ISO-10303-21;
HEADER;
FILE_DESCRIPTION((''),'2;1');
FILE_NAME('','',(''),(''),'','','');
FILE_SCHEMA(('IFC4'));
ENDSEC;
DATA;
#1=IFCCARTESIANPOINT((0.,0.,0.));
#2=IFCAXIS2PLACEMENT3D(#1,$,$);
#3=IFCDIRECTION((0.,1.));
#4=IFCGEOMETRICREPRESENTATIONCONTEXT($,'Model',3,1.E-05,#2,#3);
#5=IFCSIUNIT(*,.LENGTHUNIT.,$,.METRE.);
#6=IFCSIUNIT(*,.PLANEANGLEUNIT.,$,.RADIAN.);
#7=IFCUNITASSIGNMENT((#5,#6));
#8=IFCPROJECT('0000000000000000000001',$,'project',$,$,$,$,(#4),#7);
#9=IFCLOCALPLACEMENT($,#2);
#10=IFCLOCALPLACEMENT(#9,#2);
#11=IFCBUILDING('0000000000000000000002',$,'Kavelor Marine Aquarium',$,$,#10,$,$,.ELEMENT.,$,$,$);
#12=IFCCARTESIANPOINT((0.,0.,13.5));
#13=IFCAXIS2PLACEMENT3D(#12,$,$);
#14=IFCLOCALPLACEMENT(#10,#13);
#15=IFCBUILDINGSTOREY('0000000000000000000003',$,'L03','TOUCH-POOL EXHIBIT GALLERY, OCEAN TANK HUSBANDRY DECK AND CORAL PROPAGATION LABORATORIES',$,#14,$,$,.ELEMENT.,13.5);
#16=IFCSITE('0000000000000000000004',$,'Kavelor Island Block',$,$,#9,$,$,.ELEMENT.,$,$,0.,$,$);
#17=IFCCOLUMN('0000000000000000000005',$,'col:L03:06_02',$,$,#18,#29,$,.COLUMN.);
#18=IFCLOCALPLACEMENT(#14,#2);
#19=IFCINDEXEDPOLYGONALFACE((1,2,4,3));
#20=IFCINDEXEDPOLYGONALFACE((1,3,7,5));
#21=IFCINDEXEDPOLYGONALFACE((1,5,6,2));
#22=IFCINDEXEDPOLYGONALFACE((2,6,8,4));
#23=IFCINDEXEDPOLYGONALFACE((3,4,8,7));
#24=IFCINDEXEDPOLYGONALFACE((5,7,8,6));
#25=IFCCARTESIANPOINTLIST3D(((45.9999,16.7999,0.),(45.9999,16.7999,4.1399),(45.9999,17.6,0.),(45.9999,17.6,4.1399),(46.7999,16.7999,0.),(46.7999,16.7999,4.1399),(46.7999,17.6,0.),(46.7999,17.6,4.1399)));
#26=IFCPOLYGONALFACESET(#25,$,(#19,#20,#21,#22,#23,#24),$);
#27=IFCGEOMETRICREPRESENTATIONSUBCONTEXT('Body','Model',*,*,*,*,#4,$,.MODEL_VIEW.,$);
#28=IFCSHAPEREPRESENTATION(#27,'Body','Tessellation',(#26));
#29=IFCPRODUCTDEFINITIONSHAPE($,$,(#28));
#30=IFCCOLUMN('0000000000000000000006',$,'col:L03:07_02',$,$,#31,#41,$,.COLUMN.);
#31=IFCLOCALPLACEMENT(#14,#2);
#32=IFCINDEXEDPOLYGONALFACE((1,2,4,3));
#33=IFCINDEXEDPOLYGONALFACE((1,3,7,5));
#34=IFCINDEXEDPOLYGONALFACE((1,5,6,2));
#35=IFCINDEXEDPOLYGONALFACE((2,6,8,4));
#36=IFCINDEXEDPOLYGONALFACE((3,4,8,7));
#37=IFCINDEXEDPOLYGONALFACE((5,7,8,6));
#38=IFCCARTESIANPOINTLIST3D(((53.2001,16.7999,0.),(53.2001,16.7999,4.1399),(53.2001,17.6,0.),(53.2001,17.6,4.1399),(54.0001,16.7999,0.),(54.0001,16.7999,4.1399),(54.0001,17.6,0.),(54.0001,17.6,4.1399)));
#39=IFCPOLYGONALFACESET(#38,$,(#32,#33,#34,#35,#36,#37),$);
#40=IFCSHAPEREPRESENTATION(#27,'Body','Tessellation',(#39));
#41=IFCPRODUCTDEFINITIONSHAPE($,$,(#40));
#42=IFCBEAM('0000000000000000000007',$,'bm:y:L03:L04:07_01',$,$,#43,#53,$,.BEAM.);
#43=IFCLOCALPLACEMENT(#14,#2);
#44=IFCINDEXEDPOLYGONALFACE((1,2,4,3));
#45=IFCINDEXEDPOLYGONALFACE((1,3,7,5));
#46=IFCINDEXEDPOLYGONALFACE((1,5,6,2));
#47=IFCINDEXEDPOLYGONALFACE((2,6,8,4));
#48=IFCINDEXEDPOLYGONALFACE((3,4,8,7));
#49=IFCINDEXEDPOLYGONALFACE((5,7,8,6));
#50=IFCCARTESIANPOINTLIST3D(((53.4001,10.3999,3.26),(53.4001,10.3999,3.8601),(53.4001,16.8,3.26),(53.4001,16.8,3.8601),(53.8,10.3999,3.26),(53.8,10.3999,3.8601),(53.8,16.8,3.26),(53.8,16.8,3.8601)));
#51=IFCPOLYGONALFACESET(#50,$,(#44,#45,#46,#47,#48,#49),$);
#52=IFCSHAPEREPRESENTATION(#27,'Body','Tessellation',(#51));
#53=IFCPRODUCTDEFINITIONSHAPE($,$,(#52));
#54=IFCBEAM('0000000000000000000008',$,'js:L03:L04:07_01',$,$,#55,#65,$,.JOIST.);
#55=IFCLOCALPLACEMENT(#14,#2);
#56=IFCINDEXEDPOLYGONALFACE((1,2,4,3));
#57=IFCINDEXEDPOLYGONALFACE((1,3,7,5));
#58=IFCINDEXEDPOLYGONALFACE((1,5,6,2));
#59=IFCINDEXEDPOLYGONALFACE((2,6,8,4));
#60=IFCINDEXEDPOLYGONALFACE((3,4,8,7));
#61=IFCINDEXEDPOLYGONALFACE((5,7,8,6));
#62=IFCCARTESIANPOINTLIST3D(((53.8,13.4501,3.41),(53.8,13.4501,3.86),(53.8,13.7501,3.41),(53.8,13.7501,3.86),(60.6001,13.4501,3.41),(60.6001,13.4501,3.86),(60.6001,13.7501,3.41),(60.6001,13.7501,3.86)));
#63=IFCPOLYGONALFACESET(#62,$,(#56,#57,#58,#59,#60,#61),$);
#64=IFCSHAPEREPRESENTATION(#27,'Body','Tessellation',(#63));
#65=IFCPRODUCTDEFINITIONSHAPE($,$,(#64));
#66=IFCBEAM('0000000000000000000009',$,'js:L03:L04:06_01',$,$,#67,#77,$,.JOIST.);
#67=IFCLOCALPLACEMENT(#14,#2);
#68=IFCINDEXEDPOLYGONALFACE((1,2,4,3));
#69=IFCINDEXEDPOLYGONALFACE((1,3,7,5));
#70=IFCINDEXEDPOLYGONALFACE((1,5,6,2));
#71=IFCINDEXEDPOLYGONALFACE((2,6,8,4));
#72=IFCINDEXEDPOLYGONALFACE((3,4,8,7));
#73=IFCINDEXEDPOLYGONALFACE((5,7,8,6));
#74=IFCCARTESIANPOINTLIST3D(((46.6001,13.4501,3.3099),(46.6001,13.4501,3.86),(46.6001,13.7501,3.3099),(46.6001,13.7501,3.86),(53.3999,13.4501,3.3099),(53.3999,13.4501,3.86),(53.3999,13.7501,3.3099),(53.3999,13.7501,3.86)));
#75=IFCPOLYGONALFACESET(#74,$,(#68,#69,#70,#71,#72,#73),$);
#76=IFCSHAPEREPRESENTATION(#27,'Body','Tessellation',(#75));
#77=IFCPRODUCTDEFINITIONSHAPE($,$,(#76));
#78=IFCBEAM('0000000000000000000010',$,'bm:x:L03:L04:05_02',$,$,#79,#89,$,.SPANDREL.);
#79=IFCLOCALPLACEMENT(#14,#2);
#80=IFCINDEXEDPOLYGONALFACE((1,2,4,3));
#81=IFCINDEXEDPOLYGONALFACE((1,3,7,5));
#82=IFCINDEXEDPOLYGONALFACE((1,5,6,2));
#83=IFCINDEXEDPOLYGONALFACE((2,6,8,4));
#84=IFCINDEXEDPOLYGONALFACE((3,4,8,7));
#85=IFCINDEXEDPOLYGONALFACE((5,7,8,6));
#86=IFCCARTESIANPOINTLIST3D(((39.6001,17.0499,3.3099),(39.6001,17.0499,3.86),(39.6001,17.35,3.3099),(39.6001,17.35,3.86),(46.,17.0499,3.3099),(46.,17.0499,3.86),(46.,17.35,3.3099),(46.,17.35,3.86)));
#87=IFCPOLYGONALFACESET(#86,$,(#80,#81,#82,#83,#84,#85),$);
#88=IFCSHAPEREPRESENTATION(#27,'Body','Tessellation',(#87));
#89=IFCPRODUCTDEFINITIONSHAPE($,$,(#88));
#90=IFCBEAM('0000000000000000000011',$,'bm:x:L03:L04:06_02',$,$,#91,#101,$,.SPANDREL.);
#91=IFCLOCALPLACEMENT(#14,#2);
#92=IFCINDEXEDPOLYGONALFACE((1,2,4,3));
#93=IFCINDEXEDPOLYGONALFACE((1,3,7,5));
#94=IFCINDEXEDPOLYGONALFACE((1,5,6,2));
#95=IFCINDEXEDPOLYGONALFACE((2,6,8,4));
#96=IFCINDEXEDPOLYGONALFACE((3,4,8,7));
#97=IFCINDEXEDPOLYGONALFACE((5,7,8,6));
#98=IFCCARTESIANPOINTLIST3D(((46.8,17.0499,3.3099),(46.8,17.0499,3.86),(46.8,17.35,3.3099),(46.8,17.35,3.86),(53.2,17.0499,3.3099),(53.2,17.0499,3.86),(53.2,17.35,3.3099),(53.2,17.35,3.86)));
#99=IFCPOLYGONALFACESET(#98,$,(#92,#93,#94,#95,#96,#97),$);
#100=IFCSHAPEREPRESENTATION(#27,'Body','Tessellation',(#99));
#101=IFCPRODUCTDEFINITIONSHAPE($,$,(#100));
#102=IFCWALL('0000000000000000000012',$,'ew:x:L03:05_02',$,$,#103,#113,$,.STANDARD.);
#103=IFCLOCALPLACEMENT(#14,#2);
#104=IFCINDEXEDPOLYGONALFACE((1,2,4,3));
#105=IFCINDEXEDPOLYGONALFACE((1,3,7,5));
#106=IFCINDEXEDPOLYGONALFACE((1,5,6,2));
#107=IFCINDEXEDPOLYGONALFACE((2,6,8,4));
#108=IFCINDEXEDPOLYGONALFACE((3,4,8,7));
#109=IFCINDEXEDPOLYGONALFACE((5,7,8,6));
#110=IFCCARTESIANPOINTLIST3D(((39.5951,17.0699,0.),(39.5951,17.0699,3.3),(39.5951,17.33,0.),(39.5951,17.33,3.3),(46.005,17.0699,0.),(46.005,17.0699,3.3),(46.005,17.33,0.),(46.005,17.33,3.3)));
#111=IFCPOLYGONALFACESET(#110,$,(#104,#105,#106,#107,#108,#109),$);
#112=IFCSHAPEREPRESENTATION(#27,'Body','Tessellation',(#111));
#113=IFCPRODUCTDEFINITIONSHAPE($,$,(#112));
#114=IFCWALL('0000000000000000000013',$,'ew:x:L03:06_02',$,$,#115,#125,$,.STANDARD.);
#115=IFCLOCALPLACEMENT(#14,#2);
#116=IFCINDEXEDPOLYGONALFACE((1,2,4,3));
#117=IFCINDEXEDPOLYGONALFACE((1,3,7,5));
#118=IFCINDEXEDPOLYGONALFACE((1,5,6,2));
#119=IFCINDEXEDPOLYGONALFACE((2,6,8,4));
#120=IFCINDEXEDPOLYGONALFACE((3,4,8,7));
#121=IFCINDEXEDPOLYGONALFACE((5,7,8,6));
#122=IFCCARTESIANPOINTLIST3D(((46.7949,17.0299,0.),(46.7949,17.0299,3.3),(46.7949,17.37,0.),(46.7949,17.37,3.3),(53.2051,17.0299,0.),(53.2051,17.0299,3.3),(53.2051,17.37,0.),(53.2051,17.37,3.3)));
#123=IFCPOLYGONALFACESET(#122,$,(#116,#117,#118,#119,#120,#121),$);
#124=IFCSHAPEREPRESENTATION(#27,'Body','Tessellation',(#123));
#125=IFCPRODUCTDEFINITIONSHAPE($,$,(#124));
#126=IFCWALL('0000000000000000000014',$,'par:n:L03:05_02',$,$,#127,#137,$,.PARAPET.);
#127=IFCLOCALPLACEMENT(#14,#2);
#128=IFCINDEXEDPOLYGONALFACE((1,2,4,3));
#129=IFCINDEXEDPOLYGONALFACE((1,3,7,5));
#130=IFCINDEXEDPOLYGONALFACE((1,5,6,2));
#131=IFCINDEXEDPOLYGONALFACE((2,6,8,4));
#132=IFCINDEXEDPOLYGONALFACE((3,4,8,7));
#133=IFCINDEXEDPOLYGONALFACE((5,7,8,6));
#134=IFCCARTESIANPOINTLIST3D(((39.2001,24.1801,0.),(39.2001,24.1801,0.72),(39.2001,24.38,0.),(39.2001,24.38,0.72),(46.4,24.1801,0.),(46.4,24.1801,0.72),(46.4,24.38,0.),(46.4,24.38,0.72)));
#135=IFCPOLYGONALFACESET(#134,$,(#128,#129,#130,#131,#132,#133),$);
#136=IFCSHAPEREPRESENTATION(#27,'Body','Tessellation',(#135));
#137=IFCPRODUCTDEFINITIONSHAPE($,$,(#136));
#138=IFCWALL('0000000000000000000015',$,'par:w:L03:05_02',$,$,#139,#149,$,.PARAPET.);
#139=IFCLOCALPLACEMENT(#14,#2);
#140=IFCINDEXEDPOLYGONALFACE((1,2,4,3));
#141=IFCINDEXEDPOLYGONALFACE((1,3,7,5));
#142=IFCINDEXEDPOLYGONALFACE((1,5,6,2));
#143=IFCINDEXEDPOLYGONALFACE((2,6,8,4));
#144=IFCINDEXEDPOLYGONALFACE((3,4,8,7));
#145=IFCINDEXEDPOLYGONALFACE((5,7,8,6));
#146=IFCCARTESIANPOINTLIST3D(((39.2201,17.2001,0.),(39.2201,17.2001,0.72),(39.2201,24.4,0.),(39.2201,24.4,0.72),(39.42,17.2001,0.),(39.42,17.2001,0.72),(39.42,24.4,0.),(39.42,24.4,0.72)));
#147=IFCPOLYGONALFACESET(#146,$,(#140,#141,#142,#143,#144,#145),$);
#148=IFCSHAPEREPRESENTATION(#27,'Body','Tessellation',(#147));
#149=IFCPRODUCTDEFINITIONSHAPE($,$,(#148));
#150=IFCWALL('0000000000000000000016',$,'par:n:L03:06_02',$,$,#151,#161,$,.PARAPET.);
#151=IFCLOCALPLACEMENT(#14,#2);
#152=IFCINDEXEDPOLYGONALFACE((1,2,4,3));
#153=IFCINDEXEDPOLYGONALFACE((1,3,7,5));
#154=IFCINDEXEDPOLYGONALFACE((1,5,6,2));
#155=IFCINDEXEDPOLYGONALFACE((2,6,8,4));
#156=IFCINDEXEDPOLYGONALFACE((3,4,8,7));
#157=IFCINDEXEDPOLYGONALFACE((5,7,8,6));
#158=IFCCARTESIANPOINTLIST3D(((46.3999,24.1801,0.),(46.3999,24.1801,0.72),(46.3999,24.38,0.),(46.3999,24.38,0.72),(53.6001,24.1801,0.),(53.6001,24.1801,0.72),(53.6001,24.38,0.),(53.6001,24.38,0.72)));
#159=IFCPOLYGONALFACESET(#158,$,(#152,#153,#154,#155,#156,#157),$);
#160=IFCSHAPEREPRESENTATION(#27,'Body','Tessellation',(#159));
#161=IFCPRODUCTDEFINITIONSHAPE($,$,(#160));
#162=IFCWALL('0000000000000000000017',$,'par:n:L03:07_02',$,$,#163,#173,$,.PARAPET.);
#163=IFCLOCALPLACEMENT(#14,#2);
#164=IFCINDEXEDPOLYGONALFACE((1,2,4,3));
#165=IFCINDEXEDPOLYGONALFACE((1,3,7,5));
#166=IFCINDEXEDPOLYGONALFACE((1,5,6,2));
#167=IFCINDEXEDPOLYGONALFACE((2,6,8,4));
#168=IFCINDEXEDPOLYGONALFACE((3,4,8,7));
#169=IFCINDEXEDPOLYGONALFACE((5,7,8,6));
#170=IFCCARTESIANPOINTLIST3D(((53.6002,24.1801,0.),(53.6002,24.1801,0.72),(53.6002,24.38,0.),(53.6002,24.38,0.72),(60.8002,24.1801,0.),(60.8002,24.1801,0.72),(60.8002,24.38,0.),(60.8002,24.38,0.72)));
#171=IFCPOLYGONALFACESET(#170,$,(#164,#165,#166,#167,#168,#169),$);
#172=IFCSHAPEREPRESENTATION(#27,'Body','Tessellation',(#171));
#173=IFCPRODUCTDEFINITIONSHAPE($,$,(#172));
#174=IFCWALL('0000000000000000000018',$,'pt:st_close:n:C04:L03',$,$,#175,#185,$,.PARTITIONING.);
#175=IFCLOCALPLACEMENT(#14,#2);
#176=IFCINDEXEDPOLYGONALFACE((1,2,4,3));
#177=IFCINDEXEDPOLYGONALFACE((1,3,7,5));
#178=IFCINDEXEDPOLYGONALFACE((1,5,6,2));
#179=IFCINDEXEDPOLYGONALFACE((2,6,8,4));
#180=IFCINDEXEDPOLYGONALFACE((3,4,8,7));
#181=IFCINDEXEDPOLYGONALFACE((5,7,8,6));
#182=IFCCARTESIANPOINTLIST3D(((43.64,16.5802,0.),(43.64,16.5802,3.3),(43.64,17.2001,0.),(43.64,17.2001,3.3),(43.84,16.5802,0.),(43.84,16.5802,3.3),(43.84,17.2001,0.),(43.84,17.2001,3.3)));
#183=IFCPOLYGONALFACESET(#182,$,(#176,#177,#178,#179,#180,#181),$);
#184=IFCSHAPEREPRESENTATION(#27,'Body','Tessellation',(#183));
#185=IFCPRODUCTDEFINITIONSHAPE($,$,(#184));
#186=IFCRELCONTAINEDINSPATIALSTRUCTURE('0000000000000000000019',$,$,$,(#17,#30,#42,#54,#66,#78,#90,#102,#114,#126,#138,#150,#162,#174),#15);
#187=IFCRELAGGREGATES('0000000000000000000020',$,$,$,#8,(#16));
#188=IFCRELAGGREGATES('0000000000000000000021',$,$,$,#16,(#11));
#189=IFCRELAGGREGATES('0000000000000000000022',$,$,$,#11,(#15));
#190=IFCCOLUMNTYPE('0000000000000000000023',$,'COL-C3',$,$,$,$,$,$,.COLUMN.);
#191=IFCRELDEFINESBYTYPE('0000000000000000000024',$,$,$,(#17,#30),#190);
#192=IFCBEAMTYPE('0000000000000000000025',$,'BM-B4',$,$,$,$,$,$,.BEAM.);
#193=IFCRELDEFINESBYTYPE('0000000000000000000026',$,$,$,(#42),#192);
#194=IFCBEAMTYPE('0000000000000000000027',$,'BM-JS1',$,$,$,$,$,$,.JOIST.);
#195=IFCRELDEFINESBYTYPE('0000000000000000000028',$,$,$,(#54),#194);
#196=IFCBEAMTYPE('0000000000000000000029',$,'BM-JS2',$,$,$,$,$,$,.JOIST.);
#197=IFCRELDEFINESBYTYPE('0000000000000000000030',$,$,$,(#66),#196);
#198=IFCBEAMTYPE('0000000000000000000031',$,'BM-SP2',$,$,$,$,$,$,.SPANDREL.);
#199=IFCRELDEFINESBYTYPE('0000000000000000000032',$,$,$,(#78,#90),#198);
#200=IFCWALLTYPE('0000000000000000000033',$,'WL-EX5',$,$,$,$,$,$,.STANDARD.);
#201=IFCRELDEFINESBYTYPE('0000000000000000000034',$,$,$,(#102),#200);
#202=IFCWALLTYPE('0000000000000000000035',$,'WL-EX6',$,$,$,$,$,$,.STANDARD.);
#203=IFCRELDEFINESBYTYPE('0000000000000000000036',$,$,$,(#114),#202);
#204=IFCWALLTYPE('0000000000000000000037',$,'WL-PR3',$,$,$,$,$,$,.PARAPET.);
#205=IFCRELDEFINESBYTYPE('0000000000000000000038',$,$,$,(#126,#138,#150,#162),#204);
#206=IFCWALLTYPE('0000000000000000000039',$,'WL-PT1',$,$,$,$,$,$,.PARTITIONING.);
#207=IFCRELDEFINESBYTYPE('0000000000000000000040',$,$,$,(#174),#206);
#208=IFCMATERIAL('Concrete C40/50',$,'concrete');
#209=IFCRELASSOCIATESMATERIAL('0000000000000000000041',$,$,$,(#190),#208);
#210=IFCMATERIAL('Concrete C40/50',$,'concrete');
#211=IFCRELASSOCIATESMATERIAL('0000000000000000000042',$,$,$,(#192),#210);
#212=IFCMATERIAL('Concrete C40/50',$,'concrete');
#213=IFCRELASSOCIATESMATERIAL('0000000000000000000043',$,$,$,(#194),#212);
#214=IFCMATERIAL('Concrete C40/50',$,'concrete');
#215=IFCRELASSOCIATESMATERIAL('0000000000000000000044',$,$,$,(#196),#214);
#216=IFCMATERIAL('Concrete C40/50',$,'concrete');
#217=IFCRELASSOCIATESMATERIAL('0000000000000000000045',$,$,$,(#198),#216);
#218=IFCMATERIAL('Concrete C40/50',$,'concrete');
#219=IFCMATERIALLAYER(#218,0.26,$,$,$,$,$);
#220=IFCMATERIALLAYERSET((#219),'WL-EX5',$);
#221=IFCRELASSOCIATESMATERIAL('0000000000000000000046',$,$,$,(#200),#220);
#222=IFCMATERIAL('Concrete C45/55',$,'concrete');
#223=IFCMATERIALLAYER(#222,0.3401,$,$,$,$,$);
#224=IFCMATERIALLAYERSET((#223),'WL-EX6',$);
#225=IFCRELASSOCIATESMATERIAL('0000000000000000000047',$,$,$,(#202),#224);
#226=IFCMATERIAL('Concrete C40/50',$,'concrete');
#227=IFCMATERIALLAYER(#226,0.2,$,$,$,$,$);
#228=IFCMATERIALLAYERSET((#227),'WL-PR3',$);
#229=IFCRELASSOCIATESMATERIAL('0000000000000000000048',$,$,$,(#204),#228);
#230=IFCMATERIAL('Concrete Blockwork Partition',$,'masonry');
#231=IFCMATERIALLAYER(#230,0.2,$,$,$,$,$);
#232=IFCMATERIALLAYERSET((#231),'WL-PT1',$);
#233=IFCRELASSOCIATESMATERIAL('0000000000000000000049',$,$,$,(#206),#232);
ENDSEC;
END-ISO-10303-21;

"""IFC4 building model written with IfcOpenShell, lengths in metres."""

from ifc_helpers import new_model, si_unit, direction, frame, frame_2d, origin, origin_2d, place, context, subcontext, project, spatial, rectangle, extrude, material, layer, layer_set, material_profile, profile_set, type_object, element, save


model = new_model("IFC4")

# Units and contexts
model_context = context("Model", 3, precision=1e-05, world=origin(), true_north=direction((0.0, 1.0)))
body_context = subcontext(model_context, "Body", "Model", "MODEL_VIEW")
ifc_project = project(units=[si_unit("LENGTHUNIT", "METRE"), si_unit("PLANEANGLEUNIT", "RADIAN")], contexts=[model_context])

# Site, building, storey
site_placement = place(None, origin())
site = spatial("IfcSite", under=ifc_project, at=site_placement, Name="Kavelor Island Block", CompositionType="ELEMENT", RefElevation=0.0)
building_placement = place(site_placement, origin())
building = spatial("IfcBuilding", under=site, at=building_placement, Name="Kavelor Marine Aquarium", CompositionType="ELEMENT")
storey_placement = place(building_placement, frame((0.0, 0.0, 13.5)))
storey = spatial("IfcBuildingStorey", under=building, at=storey_placement, Name="L03", Description="TOUCH-POOL EXHIBIT GALLERY, OCEAN TANK HUSBANDRY DECK AND CORAL PROPAGATION LABORATORIES", CompositionType="ELEMENT", Elevation=13.5)

# Columns
ifc_material_1 = material(Name="Concrete C40/50", Category="concrete")
ifc_material_profile_1 = material_profile(ifc_material_1, rectangle(XDim=0.8, YDim=0.8, at=origin_2d()), Name="RC-COL 800x800")
ifc_profile_set_1 = profile_set([ifc_material_profile_1], Name="Concrete C40/50")
column_type = type_object("IfcColumnType", Name="COL-C3", PredefinedType="COLUMN", material=ifc_profile_set_1)
for number, where, z_axis, x_axis, name in (
    (1, (46.3999, 17.2, 0.0), (0.0, 0.0, 1.0), (1.0, 0.0, 0.0), "col:L03:06_02"),
    (2, (53.6001, 17.2, 0.0), (0.0, 0.0, 1.0), (1.0, 0.0, 0.0), "col:L03:07_02"),
):
    element("IfcColumn", number, at=place(storey_placement, frame(where, z_axis=z_axis, x_axis=x_axis)), inside=storey, type_object=column_type, Name=name, PredefinedType="COLUMN", context=body_context, shape_type="SweptSolid", body=[
        extrude(rectangle(XDim=0.8, YDim=0.8, at=origin_2d()), origin(), (0.0, 0.0, 1.0), 4.1399),
    ])

# Beams
ifc_material_2 = material(Name="Concrete C40/50", Category="concrete")
ifc_material_profile_2 = material_profile(ifc_material_2, rectangle(XDim=0.3999, YDim=0.6001, at=origin_2d()), Name="RC-BM 400x600")
ifc_profile_set_2 = profile_set([ifc_material_profile_2], Name="Concrete C40/50")
beam_type_1 = type_object("IfcBeamType", Name="BM-B4", PredefinedType="BEAM", material=ifc_profile_set_2)
beam_1_placement = place(storey_placement, frame((53.6001, 10.3999, 3.5601), z_axis=(0.0, 1.0, 0.0), x_axis=(-1.0, 0.0, 0.0)))
element("IfcBeam", 3, at=beam_1_placement, inside=storey, type_object=beam_type_1, Name="bm:y:L03:L04:07_01", PredefinedType="BEAM", context=body_context, shape_type="SweptSolid", body=[
    extrude(rectangle(XDim=0.3999, YDim=0.6001, at=origin_2d()), origin(), (0.0, 0.0, 1.0), 6.4001),
])
ifc_material_3 = material(Name="Concrete C40/50", Category="concrete")
ifc_material_profile_3 = material_profile(ifc_material_3, rectangle(XDim=0.3, YDim=0.45, at=origin_2d()), Name="RC-JS 300x450")
ifc_profile_set_3 = profile_set([ifc_material_profile_3], Name="Concrete C40/50")
beam_type_2 = type_object("IfcBeamType", Name="BM-JS1", PredefinedType="JOIST", material=ifc_profile_set_3)
beam_2_placement = place(storey_placement, frame((53.8, 13.6001, 3.635), z_axis=(1.0, 0.0, 0.0), x_axis=(0.0, 1.0, 0.0)))
element("IfcBeam", 4, at=beam_2_placement, inside=storey, type_object=beam_type_2, Name="js:L03:L04:07_01", PredefinedType="JOIST", context=body_context, shape_type="SweptSolid", body=[
    extrude(rectangle(XDim=0.3, YDim=0.45, at=origin_2d()), origin(), (0.0, 0.0, 1.0), 6.8),
])
ifc_material_4 = material(Name="Concrete C40/50", Category="concrete")
ifc_material_profile_4 = material_profile(ifc_material_4, rectangle(XDim=0.3, YDim=0.55, at=origin_2d()), Name="RC-JS 300x550")
ifc_profile_set_4 = profile_set([ifc_material_profile_4], Name="Concrete C40/50")
beam_type_3 = type_object("IfcBeamType", Name="BM-JS2", PredefinedType="JOIST", material=ifc_profile_set_4)
beam_3_placement = place(storey_placement, frame((46.6001, 13.6001, 3.585), z_axis=(1.0, 0.0, 0.0), x_axis=(0.0, 1.0, 0.0)))
element("IfcBeam", 5, at=beam_3_placement, inside=storey, type_object=beam_type_3, Name="js:L03:L04:06_01", PredefinedType="JOIST", context=body_context, shape_type="SweptSolid", body=[
    extrude(rectangle(XDim=0.3, YDim=0.55, at=origin_2d()), origin(), (0.0, 0.0, 1.0), 6.7998),
])
ifc_material_5 = material(Name="Concrete C40/50", Category="concrete")
ifc_material_profile_5 = material_profile(ifc_material_5, rectangle(XDim=0.3, YDim=0.55, at=origin_2d()), Name="RC-SP 300x550")
ifc_profile_set_5 = profile_set([ifc_material_profile_5], Name="Concrete C40/50")
beam_type_4 = type_object("IfcBeamType", Name="BM-SP2", PredefinedType="SPANDREL", material=ifc_profile_set_5)
for number, where, z_axis, x_axis, name in (
    (6, (39.6001, 17.2, 3.585), (1.0, 0.0, 0.0), (0.0, 1.0, 0.0), "bm:x:L03:L04:05_02"),
    (7, (46.8, 17.2, 3.585), (1.0, 0.0, 0.0), (0.0, 1.0, 0.0), "bm:x:L03:L04:06_02"),
):
    element("IfcBeam", number, at=place(storey_placement, frame(where, z_axis=z_axis, x_axis=x_axis)), inside=storey, type_object=beam_type_4, Name=name, PredefinedType="SPANDREL", context=body_context, shape_type="SweptSolid", body=[
        extrude(rectangle(XDim=0.3, YDim=0.55, at=origin_2d()), origin(), (0.0, 0.0, 1.0), 6.3999),
    ])

# Walls
ifc_material_6 = material(Name="Concrete C40/50", Category="concrete")
ifc_layer_1 = layer(ifc_material_6, 0.26)
ifc_layer_set_1 = layer_set([ifc_layer_1], Name="WL-EX5")
wall_type_1 = type_object("IfcWallType", Name="WL-EX5", PredefinedType="STANDARD", material=ifc_layer_set_1)
wall_1_placement = place(storey_placement, frame((39.595, 17.2, 0.0), z_axis=(0.0, 0.0, 1.0), x_axis=(1.0, 0.0, 0.0)))
element("IfcWall", 8, at=wall_1_placement, inside=storey, type_object=wall_type_1, Name="ew:x:L03:05_02", PredefinedType="STANDARD", context=body_context, shape_type="SweptSolid", body=[
    extrude(rectangle(XDim=6.4099, YDim=0.26, at=frame_2d((3.2051, 0.0))), origin(), (0.0, 0.0, 1.0), 3.3),
])
ifc_material_7 = material(Name="Concrete C45/55", Category="concrete")
ifc_layer_2 = layer(ifc_material_7, 0.3401)
ifc_layer_set_2 = layer_set([ifc_layer_2], Name="WL-EX6")
wall_type_2 = type_object("IfcWallType", Name="WL-EX6", PredefinedType="STANDARD", material=ifc_layer_set_2)
wall_2_placement = place(storey_placement, frame((46.7949, 17.2, 0.0), z_axis=(0.0, 0.0, 1.0), x_axis=(1.0, 0.0, 0.0)))
element("IfcWall", 9, at=wall_2_placement, inside=storey, type_object=wall_type_2, Name="ew:x:L03:06_02", PredefinedType="STANDARD", context=body_context, shape_type="SweptSolid", body=[
    extrude(rectangle(XDim=6.4102, YDim=0.3401, at=frame_2d((3.2051, 0.0))), origin(), (0.0, 0.0, 1.0), 3.3),
])
ifc_material_8 = material(Name="Concrete C40/50", Category="concrete")
ifc_layer_3 = layer(ifc_material_8, 0.2)
ifc_layer_set_3 = layer_set([ifc_layer_3], Name="WL-PR3")
wall_type_3 = type_object("IfcWallType", Name="WL-PR3", PredefinedType="PARAPET", material=ifc_layer_set_3)
for number, where, z_axis, x_axis, name in (
    (10, (39.2, 24.28, 0.0), (0.0, 0.0, 1.0), (1.0, 0.0, 0.0), "par:n:L03:05_02"),
    (11, (39.3201, 17.2, 0.0), (0.0, 0.0, 1.0), (0.0, 1.0, 0.0), "par:w:L03:05_02"),
):
    element("IfcWall", number, at=place(storey_placement, frame(where, z_axis=z_axis, x_axis=x_axis)), inside=storey, type_object=wall_type_3, Name=name, PredefinedType="PARAPET", context=body_context, shape_type="SweptSolid", body=[
        extrude(rectangle(XDim=7.2, YDim=0.2, at=frame_2d((3.6001, 0.0))), origin(), (0.0, 0.0, 1.0), 0.72),
    ])
wall_3_placement = place(storey_placement, frame((46.3999, 24.28, 0.0), z_axis=(0.0, 0.0, 1.0), x_axis=(1.0, 0.0, 0.0)))
element("IfcWall", 12, at=wall_3_placement, inside=storey, type_object=wall_type_3, Name="par:n:L03:06_02", PredefinedType="PARAPET", context=body_context, shape_type="SweptSolid", body=[
    extrude(rectangle(XDim=7.2002, YDim=0.2, at=frame_2d((3.6001, 0.0))), origin(), (0.0, 0.0, 1.0), 0.72),
])
wall_4_placement = place(storey_placement, frame((53.6001, 24.28, 0.0), z_axis=(0.0, 0.0, 1.0), x_axis=(1.0, 0.0, 0.0)))
element("IfcWall", 13, at=wall_4_placement, inside=storey, type_object=wall_type_3, Name="par:n:L03:07_02", PredefinedType="PARAPET", context=body_context, shape_type="SweptSolid", body=[
    extrude(rectangle(XDim=7.2, YDim=0.2, at=frame_2d((3.6001, 0.0))), origin(), (0.0, 0.0, 1.0), 0.72),
])
ifc_material_9 = material(Name="Concrete Blockwork Partition", Category="masonry")
ifc_layer_4 = layer(ifc_material_9, 0.2)
ifc_layer_set_4 = layer_set([ifc_layer_4], Name="WL-PT1")
wall_type_4 = type_object("IfcWallType", Name="WL-PT1", PredefinedType="PARTITIONING", material=ifc_layer_set_4)
wall_5_placement = place(storey_placement, frame((43.74, 16.5801, 0.0), z_axis=(0.0, 0.0, 1.0), x_axis=(0.0, 1.0, 0.0)))
element("IfcWall", 14, at=wall_5_placement, inside=storey, type_object=wall_type_4, Name="pt:st_close:n:C04:L03", PredefinedType="PARTITIONING", context=body_context, shape_type="SweptSolid", body=[
    extrude(rectangle(XDim=0.6199, YDim=0.2, at=frame_2d((0.3101, 0.0))), origin(), (0.0, 0.0, 1.0), 3.3),
])

save(model, "model.ifc")
